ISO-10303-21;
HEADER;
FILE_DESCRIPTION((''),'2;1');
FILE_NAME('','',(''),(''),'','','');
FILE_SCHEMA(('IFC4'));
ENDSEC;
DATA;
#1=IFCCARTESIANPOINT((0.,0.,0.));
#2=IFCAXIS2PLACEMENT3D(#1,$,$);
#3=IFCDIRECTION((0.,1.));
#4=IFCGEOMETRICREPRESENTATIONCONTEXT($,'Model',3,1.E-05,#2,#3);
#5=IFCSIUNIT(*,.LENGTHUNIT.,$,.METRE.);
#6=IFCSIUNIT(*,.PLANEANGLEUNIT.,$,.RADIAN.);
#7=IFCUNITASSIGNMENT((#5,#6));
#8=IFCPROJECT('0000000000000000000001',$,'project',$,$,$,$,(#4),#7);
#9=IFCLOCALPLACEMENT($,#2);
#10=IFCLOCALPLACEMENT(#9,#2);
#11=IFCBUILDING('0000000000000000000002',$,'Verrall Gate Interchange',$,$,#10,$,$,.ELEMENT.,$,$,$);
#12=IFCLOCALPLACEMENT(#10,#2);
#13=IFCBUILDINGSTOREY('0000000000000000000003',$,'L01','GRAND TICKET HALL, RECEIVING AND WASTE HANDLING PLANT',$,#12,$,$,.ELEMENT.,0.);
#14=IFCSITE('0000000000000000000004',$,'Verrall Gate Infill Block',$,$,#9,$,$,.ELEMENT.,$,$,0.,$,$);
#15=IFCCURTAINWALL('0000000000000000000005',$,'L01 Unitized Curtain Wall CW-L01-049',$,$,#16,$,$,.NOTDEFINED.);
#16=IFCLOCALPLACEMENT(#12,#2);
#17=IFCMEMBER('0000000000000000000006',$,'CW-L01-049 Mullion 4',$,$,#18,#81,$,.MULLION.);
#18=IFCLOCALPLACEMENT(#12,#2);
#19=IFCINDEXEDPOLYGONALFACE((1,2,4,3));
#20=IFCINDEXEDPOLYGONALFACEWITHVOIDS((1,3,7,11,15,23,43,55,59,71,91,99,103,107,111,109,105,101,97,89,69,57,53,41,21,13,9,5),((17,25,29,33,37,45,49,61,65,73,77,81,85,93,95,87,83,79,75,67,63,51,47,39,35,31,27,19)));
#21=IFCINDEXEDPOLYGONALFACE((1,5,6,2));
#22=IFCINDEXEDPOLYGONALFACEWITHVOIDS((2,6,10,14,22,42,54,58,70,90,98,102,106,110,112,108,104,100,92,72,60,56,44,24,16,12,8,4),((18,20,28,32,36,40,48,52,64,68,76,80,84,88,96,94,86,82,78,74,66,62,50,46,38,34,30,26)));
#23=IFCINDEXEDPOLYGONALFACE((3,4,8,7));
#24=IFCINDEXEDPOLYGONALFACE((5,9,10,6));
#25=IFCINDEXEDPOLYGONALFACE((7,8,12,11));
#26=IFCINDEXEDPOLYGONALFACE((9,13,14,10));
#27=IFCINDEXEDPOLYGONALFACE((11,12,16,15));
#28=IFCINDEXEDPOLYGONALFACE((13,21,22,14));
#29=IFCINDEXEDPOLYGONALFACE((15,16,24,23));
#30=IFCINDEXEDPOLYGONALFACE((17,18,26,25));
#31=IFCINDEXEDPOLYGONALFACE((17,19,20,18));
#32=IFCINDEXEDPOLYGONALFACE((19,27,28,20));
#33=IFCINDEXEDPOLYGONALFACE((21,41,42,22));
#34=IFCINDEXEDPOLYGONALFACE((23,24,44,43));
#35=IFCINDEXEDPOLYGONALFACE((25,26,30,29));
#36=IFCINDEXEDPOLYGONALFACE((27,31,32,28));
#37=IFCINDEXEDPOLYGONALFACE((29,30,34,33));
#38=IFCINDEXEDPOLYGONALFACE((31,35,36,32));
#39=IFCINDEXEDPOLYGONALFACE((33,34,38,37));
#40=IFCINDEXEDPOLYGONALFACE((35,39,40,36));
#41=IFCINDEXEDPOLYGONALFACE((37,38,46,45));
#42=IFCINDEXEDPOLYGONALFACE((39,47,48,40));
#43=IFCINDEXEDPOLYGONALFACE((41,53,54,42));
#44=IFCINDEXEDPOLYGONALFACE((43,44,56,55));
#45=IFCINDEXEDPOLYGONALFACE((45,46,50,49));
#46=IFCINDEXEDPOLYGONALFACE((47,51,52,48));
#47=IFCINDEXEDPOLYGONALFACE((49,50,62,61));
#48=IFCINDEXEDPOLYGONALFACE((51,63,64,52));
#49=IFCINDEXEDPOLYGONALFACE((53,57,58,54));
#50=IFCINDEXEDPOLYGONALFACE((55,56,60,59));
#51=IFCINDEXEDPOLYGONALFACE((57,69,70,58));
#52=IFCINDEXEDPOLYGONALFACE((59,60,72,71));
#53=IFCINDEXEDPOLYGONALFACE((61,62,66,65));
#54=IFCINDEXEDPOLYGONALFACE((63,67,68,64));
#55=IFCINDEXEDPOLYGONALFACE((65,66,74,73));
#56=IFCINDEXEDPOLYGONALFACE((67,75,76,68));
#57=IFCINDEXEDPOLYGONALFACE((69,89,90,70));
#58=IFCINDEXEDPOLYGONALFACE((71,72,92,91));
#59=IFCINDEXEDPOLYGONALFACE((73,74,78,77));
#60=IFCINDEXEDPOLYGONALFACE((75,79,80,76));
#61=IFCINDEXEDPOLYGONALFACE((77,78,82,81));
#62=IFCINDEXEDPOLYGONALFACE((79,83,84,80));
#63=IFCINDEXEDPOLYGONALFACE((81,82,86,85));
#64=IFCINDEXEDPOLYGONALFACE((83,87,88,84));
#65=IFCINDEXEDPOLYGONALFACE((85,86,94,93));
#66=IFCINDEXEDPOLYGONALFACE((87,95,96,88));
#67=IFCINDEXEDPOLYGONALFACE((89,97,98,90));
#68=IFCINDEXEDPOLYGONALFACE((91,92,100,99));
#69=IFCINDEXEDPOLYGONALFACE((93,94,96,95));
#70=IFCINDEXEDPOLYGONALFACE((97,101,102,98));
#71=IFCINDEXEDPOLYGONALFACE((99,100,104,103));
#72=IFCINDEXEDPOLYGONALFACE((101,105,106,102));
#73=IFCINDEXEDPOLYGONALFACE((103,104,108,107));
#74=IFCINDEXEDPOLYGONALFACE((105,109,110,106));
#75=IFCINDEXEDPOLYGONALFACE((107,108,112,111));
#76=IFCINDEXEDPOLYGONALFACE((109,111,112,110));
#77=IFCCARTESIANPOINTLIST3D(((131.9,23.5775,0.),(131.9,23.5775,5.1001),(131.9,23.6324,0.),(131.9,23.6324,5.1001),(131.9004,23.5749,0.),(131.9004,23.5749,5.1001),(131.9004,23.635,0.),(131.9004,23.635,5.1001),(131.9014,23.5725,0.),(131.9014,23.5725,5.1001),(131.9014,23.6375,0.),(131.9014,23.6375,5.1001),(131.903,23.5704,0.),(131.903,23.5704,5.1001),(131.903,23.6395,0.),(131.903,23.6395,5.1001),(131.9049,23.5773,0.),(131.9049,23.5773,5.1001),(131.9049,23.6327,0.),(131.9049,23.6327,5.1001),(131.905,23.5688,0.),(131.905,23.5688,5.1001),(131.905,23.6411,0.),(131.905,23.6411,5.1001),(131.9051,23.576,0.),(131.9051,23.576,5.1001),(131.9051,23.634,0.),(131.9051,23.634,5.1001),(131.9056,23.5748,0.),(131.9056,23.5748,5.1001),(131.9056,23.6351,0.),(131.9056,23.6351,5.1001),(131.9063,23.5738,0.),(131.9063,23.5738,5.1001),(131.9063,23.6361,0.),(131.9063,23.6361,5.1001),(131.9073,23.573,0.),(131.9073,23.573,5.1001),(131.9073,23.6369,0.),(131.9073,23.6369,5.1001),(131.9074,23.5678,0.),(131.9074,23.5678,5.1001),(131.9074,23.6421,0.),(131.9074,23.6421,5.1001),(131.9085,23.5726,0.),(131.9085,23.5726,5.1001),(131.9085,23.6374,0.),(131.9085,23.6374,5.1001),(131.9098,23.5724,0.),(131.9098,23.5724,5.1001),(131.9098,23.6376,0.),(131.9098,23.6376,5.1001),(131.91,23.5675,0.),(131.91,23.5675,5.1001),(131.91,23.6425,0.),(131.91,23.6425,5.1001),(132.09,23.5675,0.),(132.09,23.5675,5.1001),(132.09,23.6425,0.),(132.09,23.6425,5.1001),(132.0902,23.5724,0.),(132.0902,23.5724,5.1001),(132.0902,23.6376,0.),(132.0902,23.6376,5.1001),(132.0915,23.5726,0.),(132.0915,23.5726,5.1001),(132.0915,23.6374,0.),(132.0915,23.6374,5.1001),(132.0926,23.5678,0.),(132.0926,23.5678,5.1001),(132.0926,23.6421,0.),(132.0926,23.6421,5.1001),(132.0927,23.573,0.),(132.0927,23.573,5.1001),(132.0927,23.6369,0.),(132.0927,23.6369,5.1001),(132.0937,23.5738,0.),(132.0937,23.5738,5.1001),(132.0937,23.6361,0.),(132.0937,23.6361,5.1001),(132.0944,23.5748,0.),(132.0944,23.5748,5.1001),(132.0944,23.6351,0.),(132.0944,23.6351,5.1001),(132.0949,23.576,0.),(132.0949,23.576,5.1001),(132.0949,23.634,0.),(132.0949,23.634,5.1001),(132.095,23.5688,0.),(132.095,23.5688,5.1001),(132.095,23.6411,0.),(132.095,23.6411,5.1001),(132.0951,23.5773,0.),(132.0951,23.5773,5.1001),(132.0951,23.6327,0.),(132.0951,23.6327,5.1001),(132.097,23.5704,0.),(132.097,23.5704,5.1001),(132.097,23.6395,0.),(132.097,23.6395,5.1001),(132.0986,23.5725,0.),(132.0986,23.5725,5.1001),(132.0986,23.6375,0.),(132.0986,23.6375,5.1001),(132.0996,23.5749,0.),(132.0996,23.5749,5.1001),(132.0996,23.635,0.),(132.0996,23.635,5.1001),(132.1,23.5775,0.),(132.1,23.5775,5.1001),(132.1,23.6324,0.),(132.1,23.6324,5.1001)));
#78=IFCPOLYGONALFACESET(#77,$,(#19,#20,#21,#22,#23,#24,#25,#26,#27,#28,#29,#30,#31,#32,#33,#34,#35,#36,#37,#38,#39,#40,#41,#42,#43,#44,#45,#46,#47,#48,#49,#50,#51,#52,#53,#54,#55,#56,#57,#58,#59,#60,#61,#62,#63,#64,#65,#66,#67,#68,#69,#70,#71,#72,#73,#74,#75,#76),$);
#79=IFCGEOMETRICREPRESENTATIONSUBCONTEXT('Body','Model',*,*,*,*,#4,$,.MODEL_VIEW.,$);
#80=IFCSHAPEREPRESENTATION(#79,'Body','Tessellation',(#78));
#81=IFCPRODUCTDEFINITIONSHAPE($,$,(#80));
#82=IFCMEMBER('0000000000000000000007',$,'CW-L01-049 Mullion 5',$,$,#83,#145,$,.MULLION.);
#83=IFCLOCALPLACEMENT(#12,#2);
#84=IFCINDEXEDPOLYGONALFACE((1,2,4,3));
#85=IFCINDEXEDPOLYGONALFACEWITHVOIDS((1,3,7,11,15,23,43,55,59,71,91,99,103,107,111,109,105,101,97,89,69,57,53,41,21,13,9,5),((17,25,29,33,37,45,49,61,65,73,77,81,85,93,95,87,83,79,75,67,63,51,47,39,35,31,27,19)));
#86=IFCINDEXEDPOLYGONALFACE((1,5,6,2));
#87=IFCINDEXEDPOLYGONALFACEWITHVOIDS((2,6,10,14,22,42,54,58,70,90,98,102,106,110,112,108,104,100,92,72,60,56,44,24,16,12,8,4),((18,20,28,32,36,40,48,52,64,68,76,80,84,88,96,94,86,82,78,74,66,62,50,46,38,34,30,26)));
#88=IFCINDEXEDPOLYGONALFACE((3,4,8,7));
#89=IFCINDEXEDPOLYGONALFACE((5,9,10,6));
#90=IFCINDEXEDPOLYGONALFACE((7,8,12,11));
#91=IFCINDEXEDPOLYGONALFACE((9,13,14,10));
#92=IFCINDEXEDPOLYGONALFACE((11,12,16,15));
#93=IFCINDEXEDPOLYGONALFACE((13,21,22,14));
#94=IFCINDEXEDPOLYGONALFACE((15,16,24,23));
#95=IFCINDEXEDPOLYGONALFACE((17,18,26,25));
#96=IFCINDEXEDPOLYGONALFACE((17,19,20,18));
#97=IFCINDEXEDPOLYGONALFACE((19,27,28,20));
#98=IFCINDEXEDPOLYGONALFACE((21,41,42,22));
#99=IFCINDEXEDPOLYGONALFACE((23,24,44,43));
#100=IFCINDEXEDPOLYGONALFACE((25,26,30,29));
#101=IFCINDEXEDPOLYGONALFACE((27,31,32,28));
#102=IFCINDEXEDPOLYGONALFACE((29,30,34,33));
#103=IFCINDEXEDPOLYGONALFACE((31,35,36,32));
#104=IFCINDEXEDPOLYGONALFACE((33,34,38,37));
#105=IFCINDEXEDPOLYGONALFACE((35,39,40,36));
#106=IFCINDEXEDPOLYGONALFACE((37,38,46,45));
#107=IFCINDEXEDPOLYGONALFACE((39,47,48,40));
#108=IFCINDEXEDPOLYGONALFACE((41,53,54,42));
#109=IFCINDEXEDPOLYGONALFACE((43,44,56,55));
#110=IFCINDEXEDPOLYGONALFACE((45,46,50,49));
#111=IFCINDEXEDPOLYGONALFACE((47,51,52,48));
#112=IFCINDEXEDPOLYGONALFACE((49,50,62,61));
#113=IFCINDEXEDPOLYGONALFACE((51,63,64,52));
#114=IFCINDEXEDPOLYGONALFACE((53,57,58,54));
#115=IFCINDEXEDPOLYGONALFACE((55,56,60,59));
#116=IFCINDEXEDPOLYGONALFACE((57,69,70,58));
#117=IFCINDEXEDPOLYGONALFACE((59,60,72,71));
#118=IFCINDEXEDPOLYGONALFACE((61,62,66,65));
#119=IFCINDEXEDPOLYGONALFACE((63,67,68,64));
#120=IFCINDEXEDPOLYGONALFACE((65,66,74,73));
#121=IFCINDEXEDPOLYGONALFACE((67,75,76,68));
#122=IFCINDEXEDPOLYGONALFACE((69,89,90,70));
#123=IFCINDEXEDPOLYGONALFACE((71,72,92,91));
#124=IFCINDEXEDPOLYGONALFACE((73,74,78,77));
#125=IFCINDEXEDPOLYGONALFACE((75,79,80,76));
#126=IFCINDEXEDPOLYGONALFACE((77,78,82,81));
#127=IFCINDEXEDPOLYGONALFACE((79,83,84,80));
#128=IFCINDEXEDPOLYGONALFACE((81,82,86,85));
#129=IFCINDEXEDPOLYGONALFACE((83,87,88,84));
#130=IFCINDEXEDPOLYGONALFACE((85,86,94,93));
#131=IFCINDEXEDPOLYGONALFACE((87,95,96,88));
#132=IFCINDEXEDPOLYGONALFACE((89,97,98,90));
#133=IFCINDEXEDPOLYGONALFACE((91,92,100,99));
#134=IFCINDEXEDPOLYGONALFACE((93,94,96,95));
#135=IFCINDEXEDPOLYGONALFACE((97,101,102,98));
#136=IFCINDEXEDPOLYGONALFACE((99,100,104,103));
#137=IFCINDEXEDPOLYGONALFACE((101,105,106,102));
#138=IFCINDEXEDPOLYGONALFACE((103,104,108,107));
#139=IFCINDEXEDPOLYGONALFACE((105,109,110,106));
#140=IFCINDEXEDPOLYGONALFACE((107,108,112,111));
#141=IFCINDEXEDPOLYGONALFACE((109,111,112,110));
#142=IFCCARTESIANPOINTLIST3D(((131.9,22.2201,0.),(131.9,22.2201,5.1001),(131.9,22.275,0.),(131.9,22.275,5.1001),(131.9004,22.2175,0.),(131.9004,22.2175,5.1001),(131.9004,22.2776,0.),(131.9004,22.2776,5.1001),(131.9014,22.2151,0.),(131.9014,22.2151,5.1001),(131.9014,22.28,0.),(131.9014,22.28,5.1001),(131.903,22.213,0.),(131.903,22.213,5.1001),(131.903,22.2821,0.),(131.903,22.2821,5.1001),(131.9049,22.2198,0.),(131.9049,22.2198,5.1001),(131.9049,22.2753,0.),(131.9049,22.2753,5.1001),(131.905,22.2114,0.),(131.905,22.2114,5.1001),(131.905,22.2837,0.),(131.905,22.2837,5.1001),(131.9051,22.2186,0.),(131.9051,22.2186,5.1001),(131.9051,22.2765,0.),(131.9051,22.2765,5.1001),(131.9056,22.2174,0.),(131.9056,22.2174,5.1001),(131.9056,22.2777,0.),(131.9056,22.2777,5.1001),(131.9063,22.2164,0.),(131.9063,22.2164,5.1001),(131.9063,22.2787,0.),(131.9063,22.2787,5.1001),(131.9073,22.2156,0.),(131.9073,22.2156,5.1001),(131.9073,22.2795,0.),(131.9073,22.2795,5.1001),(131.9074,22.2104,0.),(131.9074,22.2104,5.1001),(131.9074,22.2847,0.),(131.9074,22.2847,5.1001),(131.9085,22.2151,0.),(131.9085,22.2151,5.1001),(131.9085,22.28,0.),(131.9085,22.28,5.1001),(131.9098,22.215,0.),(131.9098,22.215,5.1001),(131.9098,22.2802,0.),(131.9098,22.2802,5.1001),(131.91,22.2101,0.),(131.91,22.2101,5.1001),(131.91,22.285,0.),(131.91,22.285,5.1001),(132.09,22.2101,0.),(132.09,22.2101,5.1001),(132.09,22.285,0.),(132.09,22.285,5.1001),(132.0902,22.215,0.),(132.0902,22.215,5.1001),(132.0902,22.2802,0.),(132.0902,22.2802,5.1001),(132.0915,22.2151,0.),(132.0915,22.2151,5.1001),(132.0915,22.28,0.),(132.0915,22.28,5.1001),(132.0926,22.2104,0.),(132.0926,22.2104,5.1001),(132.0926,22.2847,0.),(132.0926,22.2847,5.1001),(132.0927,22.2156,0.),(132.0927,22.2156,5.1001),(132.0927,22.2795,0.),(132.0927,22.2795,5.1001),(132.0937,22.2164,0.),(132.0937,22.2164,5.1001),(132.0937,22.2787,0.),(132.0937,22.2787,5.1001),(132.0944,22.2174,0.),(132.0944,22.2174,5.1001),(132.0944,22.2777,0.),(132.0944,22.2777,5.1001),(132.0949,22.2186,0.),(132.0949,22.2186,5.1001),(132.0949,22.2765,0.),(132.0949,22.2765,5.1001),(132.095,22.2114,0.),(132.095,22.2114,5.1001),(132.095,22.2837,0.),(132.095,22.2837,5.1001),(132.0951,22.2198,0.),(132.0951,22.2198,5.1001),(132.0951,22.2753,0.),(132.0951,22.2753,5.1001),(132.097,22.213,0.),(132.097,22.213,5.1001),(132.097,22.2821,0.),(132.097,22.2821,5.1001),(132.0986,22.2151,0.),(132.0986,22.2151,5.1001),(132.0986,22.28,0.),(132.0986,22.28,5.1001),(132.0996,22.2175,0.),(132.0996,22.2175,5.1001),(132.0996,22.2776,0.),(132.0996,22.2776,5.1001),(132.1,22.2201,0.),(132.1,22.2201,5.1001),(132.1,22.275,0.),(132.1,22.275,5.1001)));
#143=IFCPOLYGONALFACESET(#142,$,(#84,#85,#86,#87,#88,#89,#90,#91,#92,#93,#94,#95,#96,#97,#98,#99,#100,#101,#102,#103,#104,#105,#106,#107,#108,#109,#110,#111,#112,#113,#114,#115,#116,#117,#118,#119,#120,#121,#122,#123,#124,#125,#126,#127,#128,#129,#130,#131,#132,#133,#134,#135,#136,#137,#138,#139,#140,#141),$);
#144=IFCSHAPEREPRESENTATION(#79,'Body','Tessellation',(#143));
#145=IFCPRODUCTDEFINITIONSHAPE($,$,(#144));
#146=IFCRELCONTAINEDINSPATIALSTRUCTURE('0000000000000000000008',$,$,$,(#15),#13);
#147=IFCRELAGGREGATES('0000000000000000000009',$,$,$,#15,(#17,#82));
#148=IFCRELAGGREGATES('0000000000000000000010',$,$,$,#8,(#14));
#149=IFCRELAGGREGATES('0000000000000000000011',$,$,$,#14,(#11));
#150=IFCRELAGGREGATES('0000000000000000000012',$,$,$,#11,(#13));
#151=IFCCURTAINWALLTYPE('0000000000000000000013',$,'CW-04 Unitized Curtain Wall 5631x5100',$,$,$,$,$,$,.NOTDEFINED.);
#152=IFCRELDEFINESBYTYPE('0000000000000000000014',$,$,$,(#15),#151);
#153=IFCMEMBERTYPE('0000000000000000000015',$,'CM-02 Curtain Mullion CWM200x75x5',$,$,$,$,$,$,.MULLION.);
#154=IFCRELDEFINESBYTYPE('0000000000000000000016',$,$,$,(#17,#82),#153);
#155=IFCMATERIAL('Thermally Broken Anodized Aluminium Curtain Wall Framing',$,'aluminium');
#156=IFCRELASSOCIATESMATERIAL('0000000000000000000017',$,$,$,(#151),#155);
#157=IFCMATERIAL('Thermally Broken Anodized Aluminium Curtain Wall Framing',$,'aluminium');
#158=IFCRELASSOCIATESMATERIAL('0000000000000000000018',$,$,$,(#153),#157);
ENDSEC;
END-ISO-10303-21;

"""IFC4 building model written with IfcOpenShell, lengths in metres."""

from ifc_helpers import new_model, si_unit, direction, frame, origin, origin_2d, place, context, subcontext, project, spatial, hollow_rectangle, extrude, material, material_profile, profile_set, type_object, element, aggregate, save


model = new_model("IFC4")

# Units and contexts
model_context = context("Model", 3, precision=1e-05, world=origin(), true_north=direction((0.0, 1.0)))
body_context = subcontext(model_context, "Body", "Model", "MODEL_VIEW")
ifc_project = project(units=[si_unit("LENGTHUNIT", "METRE"), si_unit("PLANEANGLEUNIT", "RADIAN")], contexts=[model_context])

# Site, building, storey
site_placement = place(None, origin())
site = spatial("IfcSite", under=ifc_project, at=site_placement, Name="Verrall Gate Infill Block", CompositionType="ELEMENT", RefElevation=0.0)
building_placement = place(site_placement, origin())
building = spatial("IfcBuilding", under=site, at=building_placement, Name="Verrall Gate Interchange", CompositionType="ELEMENT")
storey_placement = place(building_placement, origin())
storey = spatial("IfcBuildingStorey", under=building, at=storey_placement, Name="L01", Description="GRAND TICKET HALL, RECEIVING AND WASTE HANDLING PLANT", CompositionType="ELEMENT", Elevation=0.0)

# Curtain wall, members
ifc_material_1 = material(Name="Thermally Broken Anodized Aluminium Curtain Wall Framing", Category="aluminium")
curtain_wall_type = type_object("IfcCurtainWallType", Name="CW-04 Unitized Curtain Wall 5631x5100", PredefinedType="NOTDEFINED", material=ifc_material_1)
curtain_wall_1_placement = place(storey_placement, origin())
curtain_wall_1 = element("IfcCurtainWall", 1, at=curtain_wall_1_placement, inside=storey, type_object=curtain_wall_type, Name="L01 Unitized Curtain Wall CW-L01-049", PredefinedType="NOTDEFINED")
ifc_material_2 = material(Name="Thermally Broken Anodized Aluminium Curtain Wall Framing", Category="aluminium")
ifc_material_profile_1 = material_profile(ifc_material_2, hollow_rectangle(XDim=0.075, YDim=0.2, WallThickness=0.0049, InnerFilletRadius=0.0049, OuterFilletRadius=0.01, at=origin_2d()), Name="CWM200x75x5")
ifc_profile_set_1 = profile_set([ifc_material_profile_1], Name="Thermally Broken Anodized Aluminium Curtain Wall Framing")
member_type_1 = type_object("IfcMemberType", Name="CM-02 Curtain Mullion CWM200x75x5", PredefinedType="MULLION", material=ifc_profile_set_1)
member_1_placement = place(storey_placement, frame((132.0, 23.605, 0.0), z_axis=(0.0, 0.0, 1.0), x_axis=(0.0, -1.0, 0.0)))
member_1 = element("IfcMember", 2, at=member_1_placement, type_object=member_type_1, Name="CW-L01-049 Mullion 4", PredefinedType="MULLION", context=body_context, shape_type="SweptSolid", body=[
    extrude(hollow_rectangle(XDim=0.075, YDim=0.2, WallThickness=0.0049, InnerFilletRadius=0.0049, OuterFilletRadius=0.01, at=origin_2d()), origin(), (0.0, 0.0, 1.0), 5.1001),
])
member_2_placement = place(storey_placement, frame((132.0, 22.2476, 0.0), z_axis=(0.0, 0.0, 1.0), x_axis=(0.0, -1.0, 0.0)))
member_2 = element("IfcMember", 3, at=member_2_placement, type_object=member_type_1, Name="CW-L01-049 Mullion 5", PredefinedType="MULLION", context=body_context, shape_type="SweptSolid", body=[
    extrude(hollow_rectangle(XDim=0.075, YDim=0.2, WallThickness=0.0049, InnerFilletRadius=0.0049, OuterFilletRadius=0.01, at=origin_2d()), origin(), (0.0, 0.0, 1.0), 5.1001),
])

aggregate(curtain_wall_1, [member_1, member_2])

save(model, "model.ifc")
